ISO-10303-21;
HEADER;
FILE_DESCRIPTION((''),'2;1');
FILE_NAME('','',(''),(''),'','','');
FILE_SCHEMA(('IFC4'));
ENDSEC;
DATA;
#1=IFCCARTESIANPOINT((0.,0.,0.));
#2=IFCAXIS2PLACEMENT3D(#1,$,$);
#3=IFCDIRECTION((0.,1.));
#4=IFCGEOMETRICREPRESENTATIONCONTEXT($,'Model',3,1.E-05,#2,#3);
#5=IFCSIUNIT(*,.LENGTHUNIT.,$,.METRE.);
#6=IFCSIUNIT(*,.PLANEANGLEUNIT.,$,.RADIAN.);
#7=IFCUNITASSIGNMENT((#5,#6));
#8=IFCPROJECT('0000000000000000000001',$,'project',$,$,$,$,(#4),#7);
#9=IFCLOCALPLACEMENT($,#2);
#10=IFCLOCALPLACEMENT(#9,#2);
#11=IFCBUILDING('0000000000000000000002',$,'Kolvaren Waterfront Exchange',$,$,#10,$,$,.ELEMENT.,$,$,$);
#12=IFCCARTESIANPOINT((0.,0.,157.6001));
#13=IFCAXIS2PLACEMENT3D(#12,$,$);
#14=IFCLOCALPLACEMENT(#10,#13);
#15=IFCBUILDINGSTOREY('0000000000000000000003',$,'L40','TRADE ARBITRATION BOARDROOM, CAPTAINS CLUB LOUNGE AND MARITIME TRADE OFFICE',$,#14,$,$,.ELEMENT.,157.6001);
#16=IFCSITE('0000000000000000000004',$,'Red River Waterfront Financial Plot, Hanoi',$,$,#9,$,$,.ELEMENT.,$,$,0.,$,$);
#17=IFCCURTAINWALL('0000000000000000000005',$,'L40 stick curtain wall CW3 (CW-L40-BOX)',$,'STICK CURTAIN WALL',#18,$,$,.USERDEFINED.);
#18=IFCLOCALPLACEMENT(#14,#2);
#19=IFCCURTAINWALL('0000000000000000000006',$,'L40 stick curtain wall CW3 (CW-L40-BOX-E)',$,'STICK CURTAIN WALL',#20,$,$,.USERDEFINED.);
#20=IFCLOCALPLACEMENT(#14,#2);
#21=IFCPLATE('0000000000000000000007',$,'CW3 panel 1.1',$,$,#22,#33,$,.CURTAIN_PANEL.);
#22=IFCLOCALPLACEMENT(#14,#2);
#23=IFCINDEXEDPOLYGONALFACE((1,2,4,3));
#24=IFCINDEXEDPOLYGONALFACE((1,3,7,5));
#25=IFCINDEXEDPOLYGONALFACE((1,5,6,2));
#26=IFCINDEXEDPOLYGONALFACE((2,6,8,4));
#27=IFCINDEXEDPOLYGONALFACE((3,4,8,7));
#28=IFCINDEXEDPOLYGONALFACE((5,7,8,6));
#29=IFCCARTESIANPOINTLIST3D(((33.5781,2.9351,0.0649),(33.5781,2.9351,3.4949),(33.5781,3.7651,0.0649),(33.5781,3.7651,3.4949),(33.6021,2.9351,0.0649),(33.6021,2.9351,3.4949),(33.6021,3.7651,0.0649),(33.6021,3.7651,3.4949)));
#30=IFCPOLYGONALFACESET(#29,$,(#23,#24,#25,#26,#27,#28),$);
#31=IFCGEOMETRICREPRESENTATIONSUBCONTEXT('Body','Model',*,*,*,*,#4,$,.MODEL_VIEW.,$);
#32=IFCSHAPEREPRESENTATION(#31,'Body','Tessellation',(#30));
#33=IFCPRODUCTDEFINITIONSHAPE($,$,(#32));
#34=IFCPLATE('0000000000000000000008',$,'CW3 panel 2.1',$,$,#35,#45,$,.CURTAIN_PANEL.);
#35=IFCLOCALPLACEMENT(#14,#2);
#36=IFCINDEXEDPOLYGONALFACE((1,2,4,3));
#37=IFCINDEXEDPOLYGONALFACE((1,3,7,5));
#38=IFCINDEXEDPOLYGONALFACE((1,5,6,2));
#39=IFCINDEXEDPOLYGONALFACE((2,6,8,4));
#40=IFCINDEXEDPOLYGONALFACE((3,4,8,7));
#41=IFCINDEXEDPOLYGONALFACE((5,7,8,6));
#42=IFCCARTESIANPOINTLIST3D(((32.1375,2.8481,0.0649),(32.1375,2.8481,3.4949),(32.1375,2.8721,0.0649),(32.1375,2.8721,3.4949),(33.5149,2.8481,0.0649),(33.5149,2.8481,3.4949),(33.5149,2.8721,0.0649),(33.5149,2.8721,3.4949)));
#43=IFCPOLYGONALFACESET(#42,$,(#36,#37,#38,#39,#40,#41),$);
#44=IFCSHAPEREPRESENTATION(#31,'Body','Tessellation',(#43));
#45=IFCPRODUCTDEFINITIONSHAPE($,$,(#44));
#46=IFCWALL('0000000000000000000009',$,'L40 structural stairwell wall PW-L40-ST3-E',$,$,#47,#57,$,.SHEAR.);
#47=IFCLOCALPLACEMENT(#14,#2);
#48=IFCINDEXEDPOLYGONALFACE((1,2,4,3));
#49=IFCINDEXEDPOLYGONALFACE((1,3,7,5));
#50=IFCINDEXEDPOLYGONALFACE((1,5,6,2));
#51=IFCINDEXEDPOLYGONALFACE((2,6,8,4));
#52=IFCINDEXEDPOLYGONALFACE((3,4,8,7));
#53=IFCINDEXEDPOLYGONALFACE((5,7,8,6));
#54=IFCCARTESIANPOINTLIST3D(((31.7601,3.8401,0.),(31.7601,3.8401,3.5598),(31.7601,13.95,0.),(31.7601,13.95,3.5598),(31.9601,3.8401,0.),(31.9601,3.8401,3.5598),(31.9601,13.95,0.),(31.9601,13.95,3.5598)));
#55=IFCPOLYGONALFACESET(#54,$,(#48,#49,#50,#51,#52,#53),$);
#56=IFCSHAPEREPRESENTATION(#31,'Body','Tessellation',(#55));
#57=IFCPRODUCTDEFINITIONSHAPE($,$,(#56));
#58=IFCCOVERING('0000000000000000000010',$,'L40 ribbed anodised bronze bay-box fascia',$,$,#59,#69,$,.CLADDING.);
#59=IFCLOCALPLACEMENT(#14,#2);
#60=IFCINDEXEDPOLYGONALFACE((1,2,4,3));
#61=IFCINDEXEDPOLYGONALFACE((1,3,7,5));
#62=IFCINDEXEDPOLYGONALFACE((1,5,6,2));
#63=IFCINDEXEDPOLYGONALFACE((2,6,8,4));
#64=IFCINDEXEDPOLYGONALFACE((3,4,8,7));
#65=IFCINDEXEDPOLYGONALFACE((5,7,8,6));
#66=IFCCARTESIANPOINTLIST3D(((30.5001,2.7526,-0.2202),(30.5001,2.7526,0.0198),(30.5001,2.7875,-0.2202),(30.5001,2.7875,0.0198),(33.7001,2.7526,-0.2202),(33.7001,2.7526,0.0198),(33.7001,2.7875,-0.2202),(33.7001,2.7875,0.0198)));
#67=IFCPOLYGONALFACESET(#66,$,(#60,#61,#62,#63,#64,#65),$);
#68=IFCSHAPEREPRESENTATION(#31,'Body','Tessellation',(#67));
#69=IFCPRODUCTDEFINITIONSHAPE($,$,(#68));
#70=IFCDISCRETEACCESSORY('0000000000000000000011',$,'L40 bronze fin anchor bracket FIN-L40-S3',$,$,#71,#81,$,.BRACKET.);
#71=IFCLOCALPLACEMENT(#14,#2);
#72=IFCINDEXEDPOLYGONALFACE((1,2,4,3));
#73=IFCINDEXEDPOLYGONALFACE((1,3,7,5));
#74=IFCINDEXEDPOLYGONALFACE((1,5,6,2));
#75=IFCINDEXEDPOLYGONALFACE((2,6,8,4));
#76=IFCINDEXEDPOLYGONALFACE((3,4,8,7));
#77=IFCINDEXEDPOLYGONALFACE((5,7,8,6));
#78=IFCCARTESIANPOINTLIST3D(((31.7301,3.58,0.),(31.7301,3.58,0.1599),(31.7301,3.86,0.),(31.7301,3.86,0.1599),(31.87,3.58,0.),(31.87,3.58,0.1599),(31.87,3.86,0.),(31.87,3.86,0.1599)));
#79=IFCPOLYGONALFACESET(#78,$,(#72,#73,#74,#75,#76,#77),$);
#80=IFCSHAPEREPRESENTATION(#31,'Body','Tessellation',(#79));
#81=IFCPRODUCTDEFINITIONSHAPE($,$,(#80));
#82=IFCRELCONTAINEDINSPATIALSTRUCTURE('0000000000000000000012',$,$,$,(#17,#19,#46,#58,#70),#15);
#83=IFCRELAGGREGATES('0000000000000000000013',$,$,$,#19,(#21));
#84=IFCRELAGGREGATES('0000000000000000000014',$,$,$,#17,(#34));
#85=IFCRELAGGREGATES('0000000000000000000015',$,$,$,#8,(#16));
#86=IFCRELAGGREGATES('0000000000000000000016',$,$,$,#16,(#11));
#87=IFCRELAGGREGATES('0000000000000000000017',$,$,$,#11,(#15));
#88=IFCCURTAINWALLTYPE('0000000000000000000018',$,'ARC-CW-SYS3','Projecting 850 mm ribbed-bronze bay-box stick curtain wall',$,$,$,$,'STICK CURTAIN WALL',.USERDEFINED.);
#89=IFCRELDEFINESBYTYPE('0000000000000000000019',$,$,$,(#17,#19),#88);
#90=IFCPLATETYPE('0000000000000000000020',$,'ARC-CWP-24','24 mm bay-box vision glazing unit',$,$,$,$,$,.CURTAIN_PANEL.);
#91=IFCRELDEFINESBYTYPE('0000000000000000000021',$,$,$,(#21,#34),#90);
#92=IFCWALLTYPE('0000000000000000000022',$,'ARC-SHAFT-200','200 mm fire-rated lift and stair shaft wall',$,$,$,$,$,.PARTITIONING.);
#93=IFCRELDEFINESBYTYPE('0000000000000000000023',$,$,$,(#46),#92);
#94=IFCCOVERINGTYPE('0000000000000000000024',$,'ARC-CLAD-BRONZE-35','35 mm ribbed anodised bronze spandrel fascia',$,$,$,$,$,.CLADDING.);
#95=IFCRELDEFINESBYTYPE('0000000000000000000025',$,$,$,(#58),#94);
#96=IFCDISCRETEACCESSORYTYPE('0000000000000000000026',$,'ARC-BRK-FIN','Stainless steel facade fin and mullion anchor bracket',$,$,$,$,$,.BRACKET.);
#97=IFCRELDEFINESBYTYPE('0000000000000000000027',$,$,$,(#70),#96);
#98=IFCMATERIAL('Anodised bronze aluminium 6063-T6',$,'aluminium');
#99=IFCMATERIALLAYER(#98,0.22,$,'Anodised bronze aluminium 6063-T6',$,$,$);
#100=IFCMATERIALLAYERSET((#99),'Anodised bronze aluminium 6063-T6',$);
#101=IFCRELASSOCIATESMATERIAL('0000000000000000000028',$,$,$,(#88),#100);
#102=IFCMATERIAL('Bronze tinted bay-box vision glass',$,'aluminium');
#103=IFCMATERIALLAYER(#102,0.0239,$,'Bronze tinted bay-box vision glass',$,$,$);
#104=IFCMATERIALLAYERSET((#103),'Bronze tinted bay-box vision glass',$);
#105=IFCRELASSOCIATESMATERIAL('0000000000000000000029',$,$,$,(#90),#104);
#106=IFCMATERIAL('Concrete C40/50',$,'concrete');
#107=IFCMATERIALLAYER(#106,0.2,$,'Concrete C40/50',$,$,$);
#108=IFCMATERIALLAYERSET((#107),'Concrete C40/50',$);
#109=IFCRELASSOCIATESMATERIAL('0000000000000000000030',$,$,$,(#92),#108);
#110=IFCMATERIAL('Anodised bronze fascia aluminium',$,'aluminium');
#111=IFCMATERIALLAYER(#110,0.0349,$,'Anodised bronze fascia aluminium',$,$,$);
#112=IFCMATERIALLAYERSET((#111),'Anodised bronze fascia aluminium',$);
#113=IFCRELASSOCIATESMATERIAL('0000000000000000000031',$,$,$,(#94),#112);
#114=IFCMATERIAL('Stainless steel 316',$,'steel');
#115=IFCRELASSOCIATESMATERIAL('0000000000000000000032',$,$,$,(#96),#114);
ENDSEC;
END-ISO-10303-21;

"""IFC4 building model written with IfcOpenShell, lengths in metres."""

from ifc_helpers import new_model, si_unit, direction, frame, frame_2d, origin, origin_with_axes, origin_2d, place, context, subcontext, project, spatial, rectangle, extrude, source, transform, mapped, material, layer, layer_set, type_object, element, aggregate, save


model = new_model("IFC4")

# Units and contexts
model_context = context("Model", 3, precision=1e-05, world=origin(), true_north=direction((0.0, 1.0)))
body_context = subcontext(model_context, "Body", "Model", "MODEL_VIEW")
ifc_project = project(units=[si_unit("LENGTHUNIT", "METRE"), si_unit("PLANEANGLEUNIT", "RADIAN")], contexts=[model_context])

# Site, building, storey
site_placement = place(None, origin())
site = spatial("IfcSite", under=ifc_project, at=site_placement, Name="Red River Waterfront Financial Plot, Hanoi", CompositionType="ELEMENT", RefElevation=0.0)
building_placement = place(site_placement, origin())
building = spatial("IfcBuilding", under=site, at=building_placement, Name="Kolvaren Waterfront Exchange", CompositionType="ELEMENT")
storey_placement = place(building_placement, frame((0.0, 0.0, 157.6001)))
storey = spatial("IfcBuildingStorey", under=building, at=storey_placement, Name="L40", Description="TRADE ARBITRATION BOARDROOM, CAPTAINS CLUB LOUNGE AND MARITIME TRADE OFFICE", CompositionType="ELEMENT", Elevation=157.6001)

# Curtain walls
ifc_material_1 = material(Name="Anodised bronze aluminium 6063-T6", Category="aluminium")
ifc_layer_1 = layer(ifc_material_1, 0.22, Name="Anodised bronze aluminium 6063-T6")
ifc_layer_set_1 = layer_set([ifc_layer_1], Name="Anodised bronze aluminium 6063-T6")
curtain_wall_type_1 = type_object("IfcCurtainWallType", Name="ARC-CW-SYS3", Description="Projecting 850 mm ribbed-bronze bay-box stick curtain wall", ElementType="STICK CURTAIN WALL", PredefinedType="USERDEFINED", material=ifc_layer_set_1)
curtain_wall_1_placement = place(storey_placement, origin())
curtain_wall_1 = element("IfcCurtainWall", 1, at=curtain_wall_1_placement, inside=storey, type_object=curtain_wall_type_1, Name="L40 stick curtain wall CW3 (CW-L40-BOX)", ObjectType="STICK CURTAIN WALL", PredefinedType="USERDEFINED")
curtain_wall_2_placement = place(storey_placement, origin())
curtain_wall_2 = element("IfcCurtainWall", 2, at=curtain_wall_2_placement, inside=storey, type_object=curtain_wall_type_1, Name="L40 stick curtain wall CW3 (CW-L40-BOX-E)", ObjectType="STICK CURTAIN WALL", PredefinedType="USERDEFINED")

# Plates
ifc_material_2 = material(Name="Bronze tinted bay-box vision glass", Category="aluminium")
ifc_layer_2 = layer(ifc_material_2, 0.0239, Name="Bronze tinted bay-box vision glass")
ifc_layer_set_2 = layer_set([ifc_layer_2], Name="Bronze tinted bay-box vision glass")
plate_type = type_object("IfcPlateType", Name="ARC-CWP-24", Description="24 mm bay-box vision glazing unit", PredefinedType="CURTAIN_PANEL", material=ifc_layer_set_2)
shared_shape_1 = source(origin_with_axes(), body_context, "Body", "SweptSolid", [
    extrude(rectangle(XDim=0.8301, YDim=0.0239, at=origin_2d()), origin(), (0.0, 0.0, 1.0), 3.4299),
])
plate_1_placement = place(storey_placement, frame((33.5901, 3.3501, 0.0649), z_axis=(0.0, 0.0, 1.0), x_axis=(0.0, 1.0, 0.0)))
plate_1 = element("IfcPlate", 3, at=plate_1_placement, type_object=plate_type, Name="CW3 panel 1.1", PredefinedType="CURTAIN_PANEL", context=body_context, shape_type="MappedRepresentation", body=[
    mapped(shared_shape_1, transform((0.0, 0.0, 0.0), x_axis=(1.0, 0.0, 0.0), y_axis=(0.0, 1.0, 0.0), z_axis=(0.0, 0.0, 1.0), scale=1.0)),
])
aggregate(curtain_wall_2, [plate_1])
shared_shape_2 = source(origin_with_axes(), body_context, "Body", "SweptSolid", [
    extrude(rectangle(XDim=1.3774, YDim=0.0239, at=origin_2d()), origin(), (0.0, 0.0, 1.0), 3.4299),
])
plate_2_placement = place(storey_placement, frame((32.8262, 2.8601, 0.0649), z_axis=(0.0, 0.0, 1.0), x_axis=(1.0, 0.0, 0.0)))
plate_2 = element("IfcPlate", 4, at=plate_2_placement, type_object=plate_type, Name="CW3 panel 2.1", PredefinedType="CURTAIN_PANEL", context=body_context, shape_type="MappedRepresentation", body=[
    mapped(shared_shape_2, transform((0.0, 0.0, 0.0), x_axis=(1.0, 0.0, 0.0), y_axis=(0.0, 1.0, 0.0), z_axis=(0.0, 0.0, 1.0), scale=1.0)),
])
aggregate(curtain_wall_1, [plate_2])

# Wall
ifc_material_3 = material(Name="Concrete C40/50", Category="concrete")
ifc_layer_3 = layer(ifc_material_3, 0.2, Name="Concrete C40/50")
ifc_layer_set_3 = layer_set([ifc_layer_3], Name="Concrete C40/50")
wall_type = type_object("IfcWallType", Name="ARC-SHAFT-200", Description="200 mm fire-rated lift and stair shaft wall", PredefinedType="PARTITIONING", material=ifc_layer_set_3)
wall_placement = place(storey_placement, frame((31.8601, 3.8401, 0.0), z_axis=(0.0, 0.0, 1.0), x_axis=(0.0, 1.0, 0.0)))
element("IfcWall", 5, at=wall_placement, inside=storey, type_object=wall_type, Name="L40 structural stairwell wall PW-L40-ST3-E", PredefinedType="SHEAR", context=body_context, shape_type="SweptSolid", body=[
    extrude(rectangle(XDim=10.1099, YDim=0.2, at=frame_2d((5.0549, 0.0))), origin(), (0.0, 0.0, 1.0), 3.5598),
])

# Covering
ifc_material_4 = material(Name="Anodised bronze fascia aluminium", Category="aluminium")
ifc_layer_4 = layer(ifc_material_4, 0.0349, Name="Anodised bronze fascia aluminium")
ifc_layer_set_4 = layer_set([ifc_layer_4], Name="Anodised bronze fascia aluminium")
covering_type = type_object("IfcCoveringType", Name="ARC-CLAD-BRONZE-35", Description="35 mm ribbed anodised bronze spandrel fascia", PredefinedType="CLADDING", material=ifc_layer_set_4)
covering_placement = place(storey_placement, frame((32.1001, 2.77, -0.2202), z_axis=(0.0, 0.0, 1.0), x_axis=(1.0, 0.0, 0.0)))
element("IfcCovering", 6, at=covering_placement, inside=storey, type_object=covering_type, Name="L40 ribbed anodised bronze bay-box fascia", PredefinedType="CLADDING", context=body_context, shape_type="SweptSolid", body=[
    extrude(rectangle(XDim=3.2, YDim=0.0349, at=origin_2d()), origin(), (0.0, 0.0, 1.0), 0.24),
])

# Discrete accessory
ifc_material_5 = material(Name="Stainless steel 316", Category="steel")
discrete_accessory_type = type_object("IfcDiscreteAccessoryType", Name="ARC-BRK-FIN", Description="Stainless steel facade fin and mullion anchor bracket", PredefinedType="BRACKET", material=ifc_material_5)
shared_shape_3 = source(origin_with_axes(), body_context, "Body", "SweptSolid", [
    extrude(rectangle(XDim=0.28, YDim=0.1399, at=origin_2d()), origin(), (0.0, 0.0, 1.0), 0.1599),
])
discrete_accessory_placement = place(storey_placement, frame((31.8, 3.72, 0.0), z_axis=(0.0, 0.0, 1.0), x_axis=(0.0, -1.0, 0.0)))
element("IfcDiscreteAccessory", 7, at=discrete_accessory_placement, inside=storey, type_object=discrete_accessory_type, Name="L40 bronze fin anchor bracket FIN-L40-S3", PredefinedType="BRACKET", context=body_context, shape_type="MappedRepresentation", body=[
    mapped(shared_shape_3, transform((0.0, 0.0, 0.0), x_axis=(1.0, 0.0, 0.0), y_axis=(0.0, 1.0, 0.0), z_axis=(0.0, 0.0, 1.0), scale=1.0)),
])

save(model, "model.ifc")
